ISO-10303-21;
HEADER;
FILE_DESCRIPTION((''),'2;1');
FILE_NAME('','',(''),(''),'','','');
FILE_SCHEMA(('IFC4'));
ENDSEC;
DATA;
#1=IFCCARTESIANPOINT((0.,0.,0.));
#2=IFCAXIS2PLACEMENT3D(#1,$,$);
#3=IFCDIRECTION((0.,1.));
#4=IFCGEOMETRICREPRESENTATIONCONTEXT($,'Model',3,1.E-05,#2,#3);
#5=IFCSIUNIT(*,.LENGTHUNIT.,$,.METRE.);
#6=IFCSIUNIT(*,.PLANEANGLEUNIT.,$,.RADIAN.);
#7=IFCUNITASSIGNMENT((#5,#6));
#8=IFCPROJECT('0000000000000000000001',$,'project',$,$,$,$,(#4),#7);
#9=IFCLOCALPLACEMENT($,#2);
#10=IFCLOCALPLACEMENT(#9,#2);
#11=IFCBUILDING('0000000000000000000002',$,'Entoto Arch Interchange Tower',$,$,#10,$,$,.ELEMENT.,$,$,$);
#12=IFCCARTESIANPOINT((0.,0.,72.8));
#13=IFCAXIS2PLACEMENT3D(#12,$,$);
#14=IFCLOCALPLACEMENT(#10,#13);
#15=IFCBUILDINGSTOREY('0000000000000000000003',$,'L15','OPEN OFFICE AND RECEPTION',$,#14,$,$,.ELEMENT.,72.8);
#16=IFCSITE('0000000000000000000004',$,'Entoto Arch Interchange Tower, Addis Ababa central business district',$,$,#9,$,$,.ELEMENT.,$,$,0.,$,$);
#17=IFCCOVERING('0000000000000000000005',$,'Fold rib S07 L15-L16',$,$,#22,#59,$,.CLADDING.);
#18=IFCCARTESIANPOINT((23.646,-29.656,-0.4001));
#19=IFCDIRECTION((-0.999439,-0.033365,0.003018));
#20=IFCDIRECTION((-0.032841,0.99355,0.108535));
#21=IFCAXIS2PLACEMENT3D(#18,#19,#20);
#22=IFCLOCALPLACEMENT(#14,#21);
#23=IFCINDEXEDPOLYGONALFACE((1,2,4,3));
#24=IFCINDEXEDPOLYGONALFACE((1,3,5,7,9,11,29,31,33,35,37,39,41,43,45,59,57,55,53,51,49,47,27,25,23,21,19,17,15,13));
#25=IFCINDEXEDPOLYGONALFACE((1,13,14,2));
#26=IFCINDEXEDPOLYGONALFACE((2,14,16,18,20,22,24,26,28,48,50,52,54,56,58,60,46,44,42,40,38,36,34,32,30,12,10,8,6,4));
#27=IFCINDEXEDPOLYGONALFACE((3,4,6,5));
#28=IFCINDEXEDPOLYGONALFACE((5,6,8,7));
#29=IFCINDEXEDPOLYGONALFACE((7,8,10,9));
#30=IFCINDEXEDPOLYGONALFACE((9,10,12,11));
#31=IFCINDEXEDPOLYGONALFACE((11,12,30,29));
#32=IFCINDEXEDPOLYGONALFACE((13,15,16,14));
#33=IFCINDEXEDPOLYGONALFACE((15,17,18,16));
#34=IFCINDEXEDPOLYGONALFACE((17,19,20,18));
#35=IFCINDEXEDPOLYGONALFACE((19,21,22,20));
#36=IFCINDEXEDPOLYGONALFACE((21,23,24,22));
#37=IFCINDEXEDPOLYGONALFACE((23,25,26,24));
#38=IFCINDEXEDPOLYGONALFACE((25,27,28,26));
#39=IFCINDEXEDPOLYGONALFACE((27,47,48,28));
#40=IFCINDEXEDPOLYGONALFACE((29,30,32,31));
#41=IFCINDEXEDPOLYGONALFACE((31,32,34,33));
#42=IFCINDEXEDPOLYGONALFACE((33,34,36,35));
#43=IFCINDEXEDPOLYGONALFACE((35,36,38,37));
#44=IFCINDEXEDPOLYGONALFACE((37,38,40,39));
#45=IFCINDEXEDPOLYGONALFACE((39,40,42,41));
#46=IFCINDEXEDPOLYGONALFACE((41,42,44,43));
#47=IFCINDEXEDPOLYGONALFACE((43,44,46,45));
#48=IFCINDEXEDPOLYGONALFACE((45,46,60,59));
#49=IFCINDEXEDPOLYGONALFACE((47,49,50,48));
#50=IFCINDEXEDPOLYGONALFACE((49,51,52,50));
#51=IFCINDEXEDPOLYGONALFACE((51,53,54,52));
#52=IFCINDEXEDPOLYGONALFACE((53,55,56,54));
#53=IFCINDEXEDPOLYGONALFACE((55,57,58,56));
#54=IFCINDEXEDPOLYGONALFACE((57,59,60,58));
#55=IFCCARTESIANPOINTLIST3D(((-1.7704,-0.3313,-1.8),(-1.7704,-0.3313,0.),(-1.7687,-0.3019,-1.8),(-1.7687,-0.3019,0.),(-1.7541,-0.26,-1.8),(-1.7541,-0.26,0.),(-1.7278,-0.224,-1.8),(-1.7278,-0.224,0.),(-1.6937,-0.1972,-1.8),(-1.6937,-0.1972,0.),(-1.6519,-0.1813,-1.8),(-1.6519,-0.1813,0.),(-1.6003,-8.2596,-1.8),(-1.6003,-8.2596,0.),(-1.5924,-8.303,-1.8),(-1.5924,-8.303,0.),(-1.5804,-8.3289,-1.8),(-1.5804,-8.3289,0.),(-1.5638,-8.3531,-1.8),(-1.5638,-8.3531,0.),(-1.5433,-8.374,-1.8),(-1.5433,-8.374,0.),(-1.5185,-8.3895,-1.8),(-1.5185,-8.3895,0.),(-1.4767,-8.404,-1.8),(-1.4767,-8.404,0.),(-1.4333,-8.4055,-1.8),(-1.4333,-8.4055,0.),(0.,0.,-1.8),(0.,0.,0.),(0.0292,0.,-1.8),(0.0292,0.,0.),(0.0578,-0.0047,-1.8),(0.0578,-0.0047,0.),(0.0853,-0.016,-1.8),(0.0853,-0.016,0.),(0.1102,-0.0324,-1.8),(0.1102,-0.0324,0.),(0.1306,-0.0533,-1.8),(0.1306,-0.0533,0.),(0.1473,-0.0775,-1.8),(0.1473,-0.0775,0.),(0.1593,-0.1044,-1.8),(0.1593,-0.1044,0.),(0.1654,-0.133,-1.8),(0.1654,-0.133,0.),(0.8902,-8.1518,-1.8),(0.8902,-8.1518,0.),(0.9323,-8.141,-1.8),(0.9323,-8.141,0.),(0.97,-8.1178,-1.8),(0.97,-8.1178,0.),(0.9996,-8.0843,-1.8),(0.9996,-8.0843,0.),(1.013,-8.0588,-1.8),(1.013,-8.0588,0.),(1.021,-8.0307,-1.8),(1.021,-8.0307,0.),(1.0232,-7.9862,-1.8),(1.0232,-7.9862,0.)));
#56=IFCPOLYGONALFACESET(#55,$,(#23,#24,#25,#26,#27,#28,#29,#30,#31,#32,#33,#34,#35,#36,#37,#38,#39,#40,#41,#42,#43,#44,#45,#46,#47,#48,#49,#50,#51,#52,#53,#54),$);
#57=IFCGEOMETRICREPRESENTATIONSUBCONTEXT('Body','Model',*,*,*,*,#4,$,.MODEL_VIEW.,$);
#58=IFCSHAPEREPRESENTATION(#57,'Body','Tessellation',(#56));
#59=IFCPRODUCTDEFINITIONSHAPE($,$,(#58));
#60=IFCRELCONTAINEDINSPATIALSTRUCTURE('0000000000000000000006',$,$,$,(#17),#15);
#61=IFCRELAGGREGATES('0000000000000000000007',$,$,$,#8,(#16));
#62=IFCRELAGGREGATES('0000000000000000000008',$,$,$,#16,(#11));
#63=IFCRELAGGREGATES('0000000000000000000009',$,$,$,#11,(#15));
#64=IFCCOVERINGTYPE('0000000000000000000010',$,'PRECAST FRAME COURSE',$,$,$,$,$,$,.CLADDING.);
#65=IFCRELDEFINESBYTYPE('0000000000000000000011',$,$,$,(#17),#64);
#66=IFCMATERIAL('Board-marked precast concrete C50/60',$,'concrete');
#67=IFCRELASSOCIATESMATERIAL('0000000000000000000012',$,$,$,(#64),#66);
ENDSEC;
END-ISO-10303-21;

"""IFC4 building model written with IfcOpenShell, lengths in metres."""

from ifc_helpers import new_model, si_unit, direction, frame, origin, place, context, subcontext, project, spatial, polyline, outline, extrude, material, type_object, element, save


model = new_model("IFC4")

# Units and contexts
model_context = context("Model", 3, precision=1e-05, world=origin(), true_north=direction((0.0, 1.0)))
body_context = subcontext(model_context, "Body", "Model", "MODEL_VIEW")
ifc_project = project(units=[si_unit("LENGTHUNIT", "METRE"), si_unit("PLANEANGLEUNIT", "RADIAN")], contexts=[model_context])

# Site, building, storey
site_placement = place(None, origin())
site = spatial("IfcSite", under=ifc_project, at=site_placement, Name="Entoto Arch Interchange Tower, Addis Ababa central business district", CompositionType="ELEMENT", RefElevation=0.0)
building_placement = place(site_placement, origin())
building = spatial("IfcBuilding", under=site, at=building_placement, Name="Entoto Arch Interchange Tower", CompositionType="ELEMENT")
storey_placement = place(building_placement, frame((0.0, 0.0, 72.8)))
storey = spatial("IfcBuildingStorey", under=building, at=storey_placement, Name="L15", Description="OPEN OFFICE AND RECEPTION", CompositionType="ELEMENT", Elevation=72.8)

# Covering
ifc_material_1 = material(Name="Board-marked precast concrete C50/60", Category="concrete")
covering_type = type_object("IfcCoveringType", Name="PRECAST FRAME COURSE", PredefinedType="CLADDING", material=ifc_material_1)
covering_placement = place(storey_placement, frame((23.646, -29.656, -0.4001), z_axis=(-0.999439, -0.033365, 0.003018), x_axis=(-0.032841, 0.99355, 0.108535)))
element("IfcCovering", 1, at=covering_placement, inside=storey, type_object=covering_type, Name="Fold rib S07 L15-L16", PredefinedType="CLADDING", context=body_context, shape_type="SweptSolid", body=[
    extrude(outline(polyline([(0.0, 0.0), (0.0292, 0.0), (0.0578, -0.0047), (0.0853, -0.016), (0.1102, -0.0324), (0.1306, -0.0533), (0.1473, -0.0775), (0.1593, -0.1044), (0.1654, -0.133), (1.0232, -7.9862), (1.021, -8.0307), (1.013, -8.0588), (0.9996, -8.0843), (0.97, -8.1178), (0.9323, -8.141), (0.8902, -8.1518), (-1.4333, -8.4055), (-1.4767, -8.404), (-1.5185, -8.3895), (-1.5433, -8.374), (-1.5638, -8.3531), (-1.5804, -8.3289), (-1.5924, -8.303), (-1.6003, -8.2596), (-1.7704, -0.3313), (-1.7687, -0.3019), (-1.7541, -0.26), (-1.7278, -0.224), (-1.6937, -0.1972), (-1.6519, -0.1813), (0.0, 0.0)])), origin(), (0.0, 0.0, -1.0), 1.8),
])

save(model, "model.ifc")
